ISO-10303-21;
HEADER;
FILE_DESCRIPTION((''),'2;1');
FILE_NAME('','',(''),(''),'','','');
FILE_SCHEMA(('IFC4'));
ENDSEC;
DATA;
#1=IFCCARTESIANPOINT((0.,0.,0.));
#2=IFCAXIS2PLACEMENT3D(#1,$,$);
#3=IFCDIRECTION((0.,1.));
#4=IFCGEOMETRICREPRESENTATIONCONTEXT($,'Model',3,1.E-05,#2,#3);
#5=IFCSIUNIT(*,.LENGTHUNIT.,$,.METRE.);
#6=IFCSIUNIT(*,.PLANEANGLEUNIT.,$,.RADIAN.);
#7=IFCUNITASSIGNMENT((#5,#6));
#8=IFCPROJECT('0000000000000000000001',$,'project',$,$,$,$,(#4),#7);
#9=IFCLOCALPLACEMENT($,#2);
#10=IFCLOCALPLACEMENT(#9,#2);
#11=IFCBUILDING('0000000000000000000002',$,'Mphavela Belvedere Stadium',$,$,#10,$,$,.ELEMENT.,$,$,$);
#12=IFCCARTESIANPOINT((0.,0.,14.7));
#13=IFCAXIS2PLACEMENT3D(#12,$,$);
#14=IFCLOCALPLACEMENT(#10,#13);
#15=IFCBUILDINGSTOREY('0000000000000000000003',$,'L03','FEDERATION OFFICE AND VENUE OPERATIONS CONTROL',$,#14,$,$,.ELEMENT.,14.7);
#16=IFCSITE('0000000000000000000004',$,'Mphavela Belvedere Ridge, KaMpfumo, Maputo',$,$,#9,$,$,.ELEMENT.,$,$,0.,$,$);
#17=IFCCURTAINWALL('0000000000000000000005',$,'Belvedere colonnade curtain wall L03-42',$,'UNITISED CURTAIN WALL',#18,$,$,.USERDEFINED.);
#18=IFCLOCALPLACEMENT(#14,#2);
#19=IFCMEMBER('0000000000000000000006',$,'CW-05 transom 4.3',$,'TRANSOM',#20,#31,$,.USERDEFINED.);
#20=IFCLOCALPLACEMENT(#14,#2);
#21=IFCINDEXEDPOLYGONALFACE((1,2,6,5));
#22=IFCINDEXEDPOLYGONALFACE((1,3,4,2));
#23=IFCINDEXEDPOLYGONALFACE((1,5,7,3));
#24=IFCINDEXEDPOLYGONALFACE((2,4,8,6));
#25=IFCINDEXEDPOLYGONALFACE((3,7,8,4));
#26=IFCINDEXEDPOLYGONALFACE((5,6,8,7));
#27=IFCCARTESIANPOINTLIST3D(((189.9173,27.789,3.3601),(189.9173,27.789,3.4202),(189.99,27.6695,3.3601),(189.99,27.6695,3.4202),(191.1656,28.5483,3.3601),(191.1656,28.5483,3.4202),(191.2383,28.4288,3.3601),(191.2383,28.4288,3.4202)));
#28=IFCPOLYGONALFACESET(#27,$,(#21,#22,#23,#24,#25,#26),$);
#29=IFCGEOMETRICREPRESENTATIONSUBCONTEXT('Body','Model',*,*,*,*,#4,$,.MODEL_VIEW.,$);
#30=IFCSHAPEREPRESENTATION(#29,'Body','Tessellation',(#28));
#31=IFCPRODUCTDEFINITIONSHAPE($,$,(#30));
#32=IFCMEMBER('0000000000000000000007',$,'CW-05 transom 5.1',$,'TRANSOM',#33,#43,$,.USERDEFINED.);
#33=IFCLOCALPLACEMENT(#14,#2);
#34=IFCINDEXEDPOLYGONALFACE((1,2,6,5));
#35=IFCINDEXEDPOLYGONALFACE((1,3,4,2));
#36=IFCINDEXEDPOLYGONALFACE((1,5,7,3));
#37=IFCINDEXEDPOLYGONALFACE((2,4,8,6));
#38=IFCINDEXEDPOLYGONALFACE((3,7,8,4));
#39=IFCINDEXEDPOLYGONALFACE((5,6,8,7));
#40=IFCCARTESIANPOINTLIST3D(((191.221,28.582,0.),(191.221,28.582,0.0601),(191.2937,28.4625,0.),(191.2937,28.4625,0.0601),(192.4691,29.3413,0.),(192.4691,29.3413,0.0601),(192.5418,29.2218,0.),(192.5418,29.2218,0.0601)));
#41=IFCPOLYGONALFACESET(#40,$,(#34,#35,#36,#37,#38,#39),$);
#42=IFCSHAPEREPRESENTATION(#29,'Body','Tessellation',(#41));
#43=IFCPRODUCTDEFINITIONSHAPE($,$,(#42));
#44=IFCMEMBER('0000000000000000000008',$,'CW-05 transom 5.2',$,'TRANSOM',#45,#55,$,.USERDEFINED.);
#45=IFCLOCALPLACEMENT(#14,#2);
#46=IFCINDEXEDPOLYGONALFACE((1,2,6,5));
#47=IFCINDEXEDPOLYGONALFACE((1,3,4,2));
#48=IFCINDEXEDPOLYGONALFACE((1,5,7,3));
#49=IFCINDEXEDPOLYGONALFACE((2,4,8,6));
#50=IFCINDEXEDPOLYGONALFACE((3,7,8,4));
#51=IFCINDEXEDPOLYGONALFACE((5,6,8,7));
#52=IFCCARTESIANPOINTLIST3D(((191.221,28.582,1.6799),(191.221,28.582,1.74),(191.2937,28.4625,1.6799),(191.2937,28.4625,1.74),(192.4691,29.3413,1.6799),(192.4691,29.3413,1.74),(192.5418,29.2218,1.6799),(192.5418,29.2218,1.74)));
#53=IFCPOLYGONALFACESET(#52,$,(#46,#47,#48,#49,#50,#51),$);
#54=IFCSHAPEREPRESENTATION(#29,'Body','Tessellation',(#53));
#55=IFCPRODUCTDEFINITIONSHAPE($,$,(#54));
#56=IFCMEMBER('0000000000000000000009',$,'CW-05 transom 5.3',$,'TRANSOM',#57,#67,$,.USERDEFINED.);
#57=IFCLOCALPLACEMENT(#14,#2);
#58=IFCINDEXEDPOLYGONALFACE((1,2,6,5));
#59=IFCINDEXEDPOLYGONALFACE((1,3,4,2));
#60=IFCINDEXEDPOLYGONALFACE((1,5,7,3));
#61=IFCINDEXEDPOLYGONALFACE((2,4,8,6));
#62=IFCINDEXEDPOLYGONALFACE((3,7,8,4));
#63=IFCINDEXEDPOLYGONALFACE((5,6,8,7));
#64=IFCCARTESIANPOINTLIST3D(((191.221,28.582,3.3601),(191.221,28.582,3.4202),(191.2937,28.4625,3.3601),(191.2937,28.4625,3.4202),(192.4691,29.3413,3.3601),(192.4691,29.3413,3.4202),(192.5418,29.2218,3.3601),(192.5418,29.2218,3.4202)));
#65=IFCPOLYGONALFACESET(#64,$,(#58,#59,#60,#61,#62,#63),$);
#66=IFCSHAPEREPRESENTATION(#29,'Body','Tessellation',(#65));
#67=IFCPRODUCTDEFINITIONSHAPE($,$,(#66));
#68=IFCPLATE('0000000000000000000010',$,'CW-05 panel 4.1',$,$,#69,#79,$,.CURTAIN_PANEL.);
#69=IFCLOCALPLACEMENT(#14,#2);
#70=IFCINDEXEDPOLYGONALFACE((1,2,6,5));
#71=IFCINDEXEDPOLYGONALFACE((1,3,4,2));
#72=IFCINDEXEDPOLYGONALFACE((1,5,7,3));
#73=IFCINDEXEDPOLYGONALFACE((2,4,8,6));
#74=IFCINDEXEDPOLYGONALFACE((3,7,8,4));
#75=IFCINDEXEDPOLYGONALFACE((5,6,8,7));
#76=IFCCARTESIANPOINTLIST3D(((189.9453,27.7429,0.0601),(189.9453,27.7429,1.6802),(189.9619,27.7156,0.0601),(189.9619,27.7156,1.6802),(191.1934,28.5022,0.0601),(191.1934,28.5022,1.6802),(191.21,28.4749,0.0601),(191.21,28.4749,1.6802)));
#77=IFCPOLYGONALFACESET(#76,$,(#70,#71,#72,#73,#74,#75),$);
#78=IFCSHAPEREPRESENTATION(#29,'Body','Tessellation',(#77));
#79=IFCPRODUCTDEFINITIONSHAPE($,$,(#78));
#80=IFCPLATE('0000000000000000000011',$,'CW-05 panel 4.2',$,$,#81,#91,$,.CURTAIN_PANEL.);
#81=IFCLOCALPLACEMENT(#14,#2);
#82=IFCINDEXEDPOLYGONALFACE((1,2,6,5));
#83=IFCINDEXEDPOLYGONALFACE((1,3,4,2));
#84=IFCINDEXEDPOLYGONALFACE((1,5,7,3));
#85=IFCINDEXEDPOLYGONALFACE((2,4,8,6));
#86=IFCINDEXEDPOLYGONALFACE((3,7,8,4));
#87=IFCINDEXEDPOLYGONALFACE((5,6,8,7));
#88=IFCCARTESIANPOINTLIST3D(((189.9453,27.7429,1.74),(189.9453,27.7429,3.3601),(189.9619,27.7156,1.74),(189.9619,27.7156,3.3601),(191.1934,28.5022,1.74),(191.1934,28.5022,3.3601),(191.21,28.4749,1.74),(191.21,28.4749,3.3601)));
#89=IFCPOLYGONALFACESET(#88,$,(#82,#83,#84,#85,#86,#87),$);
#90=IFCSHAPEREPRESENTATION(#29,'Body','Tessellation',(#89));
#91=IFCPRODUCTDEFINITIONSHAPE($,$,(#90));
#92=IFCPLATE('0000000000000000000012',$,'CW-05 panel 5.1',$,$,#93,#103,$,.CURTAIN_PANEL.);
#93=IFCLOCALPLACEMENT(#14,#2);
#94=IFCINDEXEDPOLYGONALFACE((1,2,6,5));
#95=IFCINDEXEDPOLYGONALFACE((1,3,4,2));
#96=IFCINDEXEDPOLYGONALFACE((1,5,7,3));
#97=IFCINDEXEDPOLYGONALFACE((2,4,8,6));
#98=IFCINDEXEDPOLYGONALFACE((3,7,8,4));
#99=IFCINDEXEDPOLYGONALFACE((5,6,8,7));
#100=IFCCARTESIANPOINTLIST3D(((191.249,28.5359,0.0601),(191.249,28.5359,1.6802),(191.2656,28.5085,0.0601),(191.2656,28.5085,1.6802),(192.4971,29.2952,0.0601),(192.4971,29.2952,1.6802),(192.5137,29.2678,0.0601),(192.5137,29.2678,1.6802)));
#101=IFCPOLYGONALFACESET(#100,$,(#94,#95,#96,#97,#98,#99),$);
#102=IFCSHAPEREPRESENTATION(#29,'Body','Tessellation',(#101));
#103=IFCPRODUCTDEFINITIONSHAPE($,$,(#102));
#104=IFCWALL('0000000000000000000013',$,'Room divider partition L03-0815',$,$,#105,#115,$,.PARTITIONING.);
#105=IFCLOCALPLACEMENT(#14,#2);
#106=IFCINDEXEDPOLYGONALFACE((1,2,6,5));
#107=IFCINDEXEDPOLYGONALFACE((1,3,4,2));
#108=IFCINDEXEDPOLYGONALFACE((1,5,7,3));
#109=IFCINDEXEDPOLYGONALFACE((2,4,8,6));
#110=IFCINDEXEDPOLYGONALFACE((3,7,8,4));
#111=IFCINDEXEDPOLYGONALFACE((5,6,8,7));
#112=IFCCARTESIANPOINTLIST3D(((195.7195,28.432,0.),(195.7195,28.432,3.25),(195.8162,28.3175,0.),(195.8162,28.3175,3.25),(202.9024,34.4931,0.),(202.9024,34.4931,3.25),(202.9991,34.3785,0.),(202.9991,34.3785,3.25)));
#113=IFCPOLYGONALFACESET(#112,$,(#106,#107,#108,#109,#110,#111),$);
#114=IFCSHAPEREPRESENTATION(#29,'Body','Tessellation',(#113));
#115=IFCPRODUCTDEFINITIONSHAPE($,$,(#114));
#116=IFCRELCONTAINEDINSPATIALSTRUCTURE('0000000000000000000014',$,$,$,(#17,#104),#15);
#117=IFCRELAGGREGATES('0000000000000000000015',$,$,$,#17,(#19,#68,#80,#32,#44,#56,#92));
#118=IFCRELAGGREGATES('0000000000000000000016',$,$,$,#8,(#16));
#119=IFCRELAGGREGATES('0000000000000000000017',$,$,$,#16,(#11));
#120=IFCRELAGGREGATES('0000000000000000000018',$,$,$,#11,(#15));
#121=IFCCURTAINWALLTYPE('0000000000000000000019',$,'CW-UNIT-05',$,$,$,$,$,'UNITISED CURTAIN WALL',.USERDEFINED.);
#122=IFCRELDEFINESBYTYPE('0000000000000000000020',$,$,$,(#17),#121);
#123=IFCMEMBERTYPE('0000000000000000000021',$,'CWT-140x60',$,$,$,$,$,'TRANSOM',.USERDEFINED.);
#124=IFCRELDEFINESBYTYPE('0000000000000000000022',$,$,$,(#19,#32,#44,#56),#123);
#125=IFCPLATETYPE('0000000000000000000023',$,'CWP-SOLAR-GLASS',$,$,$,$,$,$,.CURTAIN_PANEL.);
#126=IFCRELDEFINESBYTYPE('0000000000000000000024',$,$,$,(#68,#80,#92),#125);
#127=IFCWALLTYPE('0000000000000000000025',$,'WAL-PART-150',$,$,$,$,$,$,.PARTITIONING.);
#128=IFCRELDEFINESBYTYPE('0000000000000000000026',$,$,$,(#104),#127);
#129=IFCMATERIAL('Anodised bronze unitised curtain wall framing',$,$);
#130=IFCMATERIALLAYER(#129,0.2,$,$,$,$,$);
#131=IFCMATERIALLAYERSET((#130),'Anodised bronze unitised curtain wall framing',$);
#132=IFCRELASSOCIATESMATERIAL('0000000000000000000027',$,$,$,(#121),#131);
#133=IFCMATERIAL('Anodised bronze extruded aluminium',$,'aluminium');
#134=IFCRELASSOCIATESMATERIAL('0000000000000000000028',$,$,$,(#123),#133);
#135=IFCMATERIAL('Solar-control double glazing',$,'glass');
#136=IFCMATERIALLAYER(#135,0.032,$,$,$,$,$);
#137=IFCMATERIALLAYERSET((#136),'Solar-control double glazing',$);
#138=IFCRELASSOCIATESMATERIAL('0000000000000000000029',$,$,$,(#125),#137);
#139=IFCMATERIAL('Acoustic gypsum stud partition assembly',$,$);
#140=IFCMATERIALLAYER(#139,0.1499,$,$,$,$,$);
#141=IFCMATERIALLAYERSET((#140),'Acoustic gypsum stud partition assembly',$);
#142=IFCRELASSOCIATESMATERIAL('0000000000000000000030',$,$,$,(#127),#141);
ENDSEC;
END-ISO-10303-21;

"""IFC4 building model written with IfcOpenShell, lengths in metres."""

from ifc_helpers import new_model, si_unit, direction, frame, frame_2d, origin, origin_2d, place, context, subcontext, project, spatial, rectangle, extrude, material, layer, layer_set, material_profile, profile_set, type_object, element, aggregate, save


model = new_model("IFC4")

# Units and contexts
model_context = context("Model", 3, precision=1e-05, world=origin(), true_north=direction((0.0, 1.0)))
body_context = subcontext(model_context, "Body", "Model", "MODEL_VIEW")
ifc_project = project(units=[si_unit("LENGTHUNIT", "METRE"), si_unit("PLANEANGLEUNIT", "RADIAN")], contexts=[model_context])

# Site, building, storey
site_placement = place(None, origin())
site = spatial("IfcSite", under=ifc_project, at=site_placement, Name="Mphavela Belvedere Ridge, KaMpfumo, Maputo", CompositionType="ELEMENT", RefElevation=0.0)
building_placement = place(site_placement, origin())
building = spatial("IfcBuilding", under=site, at=building_placement, Name="Mphavela Belvedere Stadium", CompositionType="ELEMENT")
storey_placement = place(building_placement, frame((0.0, 0.0, 14.7)))
storey = spatial("IfcBuildingStorey", under=building, at=storey_placement, Name="L03", Description="FEDERATION OFFICE AND VENUE OPERATIONS CONTROL", CompositionType="ELEMENT", Elevation=14.7)

# Curtain wall, members, plates
ifc_material_1 = material(Name="Anodised bronze unitised curtain wall framing")
ifc_layer_1 = layer(ifc_material_1, 0.2)
ifc_layer_set_1 = layer_set([ifc_layer_1], Name="Anodised bronze unitised curtain wall framing")
curtain_wall_type = type_object("IfcCurtainWallType", Name="CW-UNIT-05", ElementType="UNITISED CURTAIN WALL", PredefinedType="USERDEFINED", material=ifc_layer_set_1)
curtain_wall_placement = place(storey_placement, origin())
curtain_wall = element("IfcCurtainWall", 1, at=curtain_wall_placement, inside=storey, type_object=curtain_wall_type, Name="Belvedere colonnade curtain wall L03-42", ObjectType="UNITISED CURTAIN WALL", PredefinedType="USERDEFINED")
ifc_material_2 = material(Name="Anodised bronze extruded aluminium", Category="aluminium")
ifc_material_profile_1 = material_profile(ifc_material_2, rectangle(XDim=0.1399, YDim=0.0601, at=origin_2d()), Name="CW-TRN 140x60")
ifc_profile_set_1 = profile_set([ifc_material_profile_1], Name="Anodised bronze extruded aluminium")
member_type_1 = type_object("IfcMemberType", Name="CWT-140x60", ElementType="TRANSOM", PredefinedType="USERDEFINED", material=ifc_profile_set_1)
member_1_placement = place(storey_placement, frame((189.9536, 27.7292, 3.3901), z_axis=(0.854366, 0.519671, 0.0), x_axis=(-0.519671, 0.854366, 0.0)))
member_1 = element("IfcMember", 2, at=member_1_placement, type_object=member_type_1, Name="CW-05 transom 4.3", ObjectType="TRANSOM", PredefinedType="USERDEFINED", context=body_context, shape_type="SweptSolid", body=[
    extrude(rectangle(XDim=0.1399, YDim=0.0601, at=origin_2d()), origin(), (0.0, 0.0, 1.0), 1.4612),
])
member_2_placement = place(storey_placement, frame((191.2573, 28.5222, 0.03), z_axis=(0.854321, 0.519745, 0.0), x_axis=(-0.519745, 0.854321, 0.0)))
member_2 = element("IfcMember", 3, at=member_2_placement, type_object=member_type_1, Name="CW-05 transom 5.1", ObjectType="TRANSOM", PredefinedType="USERDEFINED", context=body_context, shape_type="SweptSolid", body=[
    extrude(rectangle(XDim=0.1399, YDim=0.0601, at=origin_2d()), origin(), (0.0, 0.0, 1.0), 1.4609),
])
member_3_placement = place(storey_placement, frame((191.2573, 28.5222, 1.71), z_axis=(0.854321, 0.519745, 0.0), x_axis=(-0.519745, 0.854321, 0.0)))
member_3 = element("IfcMember", 4, at=member_3_placement, type_object=member_type_1, Name="CW-05 transom 5.2", ObjectType="TRANSOM", PredefinedType="USERDEFINED", context=body_context, shape_type="SweptSolid", body=[
    extrude(rectangle(XDim=0.1399, YDim=0.0601, at=origin_2d()), origin(), (0.0, 0.0, 1.0), 1.4609),
])
member_4_placement = place(storey_placement, frame((191.2573, 28.5222, 3.3901), z_axis=(0.854321, 0.519745, 0.0), x_axis=(-0.519745, 0.854321, 0.0)))
member_4 = element("IfcMember", 5, at=member_4_placement, type_object=member_type_1, Name="CW-05 transom 5.3", ObjectType="TRANSOM", PredefinedType="USERDEFINED", context=body_context, shape_type="SweptSolid", body=[
    extrude(rectangle(XDim=0.1399, YDim=0.0601, at=origin_2d()), origin(), (0.0, 0.0, 1.0), 1.4609),
])
ifc_material_3 = material(Name="Solar-control double glazing", Category="glass")
ifc_layer_2 = layer(ifc_material_3, 0.032)
ifc_layer_set_2 = layer_set([ifc_layer_2], Name="Solar-control double glazing")
plate_type = type_object("IfcPlateType", Name="CWP-SOLAR-GLASS", PredefinedType="CURTAIN_PANEL", material=ifc_layer_set_2)
plate_1_placement = place(storey_placement, frame((190.5776, 28.1089, 0.0601), z_axis=(0.0, 0.0, 1.0), x_axis=(0.854325, 0.519738, 0.0)))
plate_1 = element("IfcPlate", 6, at=plate_1_placement, type_object=plate_type, Name="CW-05 panel 4.1", PredefinedType="CURTAIN_PANEL", context=body_context, shape_type="SweptSolid", body=[
    extrude(rectangle(XDim=1.4609, YDim=0.032, at=origin_2d()), origin(), (0.0, 0.0, 1.0), 1.6201),
])
plate_2_placement = place(storey_placement, frame((190.5776, 28.1089, 1.74), z_axis=(0.0, 0.0, 1.0), x_axis=(0.854325, 0.519738, 0.0)))
plate_2 = element("IfcPlate", 7, at=plate_2_placement, type_object=plate_type, Name="CW-05 panel 4.2", PredefinedType="CURTAIN_PANEL", context=body_context, shape_type="SweptSolid", body=[
    extrude(rectangle(XDim=1.4609, YDim=0.032, at=origin_2d()), origin(), (0.0, 0.0, 1.0), 1.6201),
])
plate_3_placement = place(storey_placement, frame((191.8813, 28.9019, 0.0601), z_axis=(0.0, 0.0, 1.0), x_axis=(0.854325, 0.519738, 0.0)))
plate_3 = element("IfcPlate", 8, at=plate_3_placement, type_object=plate_type, Name="CW-05 panel 5.1", PredefinedType="CURTAIN_PANEL", context=body_context, shape_type="SweptSolid", body=[
    extrude(rectangle(XDim=1.4609, YDim=0.032, at=origin_2d()), origin(), (0.0, 0.0, 1.0), 1.6201),
])
aggregate(curtain_wall, [member_1, plate_1, plate_2, member_2, member_3, member_4, plate_3])

# Wall
ifc_material_4 = material(Name="Acoustic gypsum stud partition assembly")
ifc_layer_3 = layer(ifc_material_4, 0.1499)
ifc_layer_set_3 = layer_set([ifc_layer_3], Name="Acoustic gypsum stud partition assembly")
wall_type = type_object("IfcWallType", Name="WAL-PART-150", PredefinedType="PARTITIONING", material=ifc_layer_set_3)
wall_placement = place(storey_placement, frame((195.7678, 28.3748, 0.0), z_axis=(0.0, 0.0, 1.0), x_axis=(0.764265, 0.644902, 0.0)))
element("IfcWall", 9, at=wall_placement, inside=storey, type_object=wall_type, Name="Room divider partition L03-0815", PredefinedType="PARTITIONING", context=body_context, shape_type="SweptSolid", body=[
    extrude(rectangle(XDim=9.3984, YDim=0.1499, at=frame_2d((4.6992, 0.0))), origin(), (0.0, 0.0, 1.0), 3.25),
])

save(model, "model.ifc")
